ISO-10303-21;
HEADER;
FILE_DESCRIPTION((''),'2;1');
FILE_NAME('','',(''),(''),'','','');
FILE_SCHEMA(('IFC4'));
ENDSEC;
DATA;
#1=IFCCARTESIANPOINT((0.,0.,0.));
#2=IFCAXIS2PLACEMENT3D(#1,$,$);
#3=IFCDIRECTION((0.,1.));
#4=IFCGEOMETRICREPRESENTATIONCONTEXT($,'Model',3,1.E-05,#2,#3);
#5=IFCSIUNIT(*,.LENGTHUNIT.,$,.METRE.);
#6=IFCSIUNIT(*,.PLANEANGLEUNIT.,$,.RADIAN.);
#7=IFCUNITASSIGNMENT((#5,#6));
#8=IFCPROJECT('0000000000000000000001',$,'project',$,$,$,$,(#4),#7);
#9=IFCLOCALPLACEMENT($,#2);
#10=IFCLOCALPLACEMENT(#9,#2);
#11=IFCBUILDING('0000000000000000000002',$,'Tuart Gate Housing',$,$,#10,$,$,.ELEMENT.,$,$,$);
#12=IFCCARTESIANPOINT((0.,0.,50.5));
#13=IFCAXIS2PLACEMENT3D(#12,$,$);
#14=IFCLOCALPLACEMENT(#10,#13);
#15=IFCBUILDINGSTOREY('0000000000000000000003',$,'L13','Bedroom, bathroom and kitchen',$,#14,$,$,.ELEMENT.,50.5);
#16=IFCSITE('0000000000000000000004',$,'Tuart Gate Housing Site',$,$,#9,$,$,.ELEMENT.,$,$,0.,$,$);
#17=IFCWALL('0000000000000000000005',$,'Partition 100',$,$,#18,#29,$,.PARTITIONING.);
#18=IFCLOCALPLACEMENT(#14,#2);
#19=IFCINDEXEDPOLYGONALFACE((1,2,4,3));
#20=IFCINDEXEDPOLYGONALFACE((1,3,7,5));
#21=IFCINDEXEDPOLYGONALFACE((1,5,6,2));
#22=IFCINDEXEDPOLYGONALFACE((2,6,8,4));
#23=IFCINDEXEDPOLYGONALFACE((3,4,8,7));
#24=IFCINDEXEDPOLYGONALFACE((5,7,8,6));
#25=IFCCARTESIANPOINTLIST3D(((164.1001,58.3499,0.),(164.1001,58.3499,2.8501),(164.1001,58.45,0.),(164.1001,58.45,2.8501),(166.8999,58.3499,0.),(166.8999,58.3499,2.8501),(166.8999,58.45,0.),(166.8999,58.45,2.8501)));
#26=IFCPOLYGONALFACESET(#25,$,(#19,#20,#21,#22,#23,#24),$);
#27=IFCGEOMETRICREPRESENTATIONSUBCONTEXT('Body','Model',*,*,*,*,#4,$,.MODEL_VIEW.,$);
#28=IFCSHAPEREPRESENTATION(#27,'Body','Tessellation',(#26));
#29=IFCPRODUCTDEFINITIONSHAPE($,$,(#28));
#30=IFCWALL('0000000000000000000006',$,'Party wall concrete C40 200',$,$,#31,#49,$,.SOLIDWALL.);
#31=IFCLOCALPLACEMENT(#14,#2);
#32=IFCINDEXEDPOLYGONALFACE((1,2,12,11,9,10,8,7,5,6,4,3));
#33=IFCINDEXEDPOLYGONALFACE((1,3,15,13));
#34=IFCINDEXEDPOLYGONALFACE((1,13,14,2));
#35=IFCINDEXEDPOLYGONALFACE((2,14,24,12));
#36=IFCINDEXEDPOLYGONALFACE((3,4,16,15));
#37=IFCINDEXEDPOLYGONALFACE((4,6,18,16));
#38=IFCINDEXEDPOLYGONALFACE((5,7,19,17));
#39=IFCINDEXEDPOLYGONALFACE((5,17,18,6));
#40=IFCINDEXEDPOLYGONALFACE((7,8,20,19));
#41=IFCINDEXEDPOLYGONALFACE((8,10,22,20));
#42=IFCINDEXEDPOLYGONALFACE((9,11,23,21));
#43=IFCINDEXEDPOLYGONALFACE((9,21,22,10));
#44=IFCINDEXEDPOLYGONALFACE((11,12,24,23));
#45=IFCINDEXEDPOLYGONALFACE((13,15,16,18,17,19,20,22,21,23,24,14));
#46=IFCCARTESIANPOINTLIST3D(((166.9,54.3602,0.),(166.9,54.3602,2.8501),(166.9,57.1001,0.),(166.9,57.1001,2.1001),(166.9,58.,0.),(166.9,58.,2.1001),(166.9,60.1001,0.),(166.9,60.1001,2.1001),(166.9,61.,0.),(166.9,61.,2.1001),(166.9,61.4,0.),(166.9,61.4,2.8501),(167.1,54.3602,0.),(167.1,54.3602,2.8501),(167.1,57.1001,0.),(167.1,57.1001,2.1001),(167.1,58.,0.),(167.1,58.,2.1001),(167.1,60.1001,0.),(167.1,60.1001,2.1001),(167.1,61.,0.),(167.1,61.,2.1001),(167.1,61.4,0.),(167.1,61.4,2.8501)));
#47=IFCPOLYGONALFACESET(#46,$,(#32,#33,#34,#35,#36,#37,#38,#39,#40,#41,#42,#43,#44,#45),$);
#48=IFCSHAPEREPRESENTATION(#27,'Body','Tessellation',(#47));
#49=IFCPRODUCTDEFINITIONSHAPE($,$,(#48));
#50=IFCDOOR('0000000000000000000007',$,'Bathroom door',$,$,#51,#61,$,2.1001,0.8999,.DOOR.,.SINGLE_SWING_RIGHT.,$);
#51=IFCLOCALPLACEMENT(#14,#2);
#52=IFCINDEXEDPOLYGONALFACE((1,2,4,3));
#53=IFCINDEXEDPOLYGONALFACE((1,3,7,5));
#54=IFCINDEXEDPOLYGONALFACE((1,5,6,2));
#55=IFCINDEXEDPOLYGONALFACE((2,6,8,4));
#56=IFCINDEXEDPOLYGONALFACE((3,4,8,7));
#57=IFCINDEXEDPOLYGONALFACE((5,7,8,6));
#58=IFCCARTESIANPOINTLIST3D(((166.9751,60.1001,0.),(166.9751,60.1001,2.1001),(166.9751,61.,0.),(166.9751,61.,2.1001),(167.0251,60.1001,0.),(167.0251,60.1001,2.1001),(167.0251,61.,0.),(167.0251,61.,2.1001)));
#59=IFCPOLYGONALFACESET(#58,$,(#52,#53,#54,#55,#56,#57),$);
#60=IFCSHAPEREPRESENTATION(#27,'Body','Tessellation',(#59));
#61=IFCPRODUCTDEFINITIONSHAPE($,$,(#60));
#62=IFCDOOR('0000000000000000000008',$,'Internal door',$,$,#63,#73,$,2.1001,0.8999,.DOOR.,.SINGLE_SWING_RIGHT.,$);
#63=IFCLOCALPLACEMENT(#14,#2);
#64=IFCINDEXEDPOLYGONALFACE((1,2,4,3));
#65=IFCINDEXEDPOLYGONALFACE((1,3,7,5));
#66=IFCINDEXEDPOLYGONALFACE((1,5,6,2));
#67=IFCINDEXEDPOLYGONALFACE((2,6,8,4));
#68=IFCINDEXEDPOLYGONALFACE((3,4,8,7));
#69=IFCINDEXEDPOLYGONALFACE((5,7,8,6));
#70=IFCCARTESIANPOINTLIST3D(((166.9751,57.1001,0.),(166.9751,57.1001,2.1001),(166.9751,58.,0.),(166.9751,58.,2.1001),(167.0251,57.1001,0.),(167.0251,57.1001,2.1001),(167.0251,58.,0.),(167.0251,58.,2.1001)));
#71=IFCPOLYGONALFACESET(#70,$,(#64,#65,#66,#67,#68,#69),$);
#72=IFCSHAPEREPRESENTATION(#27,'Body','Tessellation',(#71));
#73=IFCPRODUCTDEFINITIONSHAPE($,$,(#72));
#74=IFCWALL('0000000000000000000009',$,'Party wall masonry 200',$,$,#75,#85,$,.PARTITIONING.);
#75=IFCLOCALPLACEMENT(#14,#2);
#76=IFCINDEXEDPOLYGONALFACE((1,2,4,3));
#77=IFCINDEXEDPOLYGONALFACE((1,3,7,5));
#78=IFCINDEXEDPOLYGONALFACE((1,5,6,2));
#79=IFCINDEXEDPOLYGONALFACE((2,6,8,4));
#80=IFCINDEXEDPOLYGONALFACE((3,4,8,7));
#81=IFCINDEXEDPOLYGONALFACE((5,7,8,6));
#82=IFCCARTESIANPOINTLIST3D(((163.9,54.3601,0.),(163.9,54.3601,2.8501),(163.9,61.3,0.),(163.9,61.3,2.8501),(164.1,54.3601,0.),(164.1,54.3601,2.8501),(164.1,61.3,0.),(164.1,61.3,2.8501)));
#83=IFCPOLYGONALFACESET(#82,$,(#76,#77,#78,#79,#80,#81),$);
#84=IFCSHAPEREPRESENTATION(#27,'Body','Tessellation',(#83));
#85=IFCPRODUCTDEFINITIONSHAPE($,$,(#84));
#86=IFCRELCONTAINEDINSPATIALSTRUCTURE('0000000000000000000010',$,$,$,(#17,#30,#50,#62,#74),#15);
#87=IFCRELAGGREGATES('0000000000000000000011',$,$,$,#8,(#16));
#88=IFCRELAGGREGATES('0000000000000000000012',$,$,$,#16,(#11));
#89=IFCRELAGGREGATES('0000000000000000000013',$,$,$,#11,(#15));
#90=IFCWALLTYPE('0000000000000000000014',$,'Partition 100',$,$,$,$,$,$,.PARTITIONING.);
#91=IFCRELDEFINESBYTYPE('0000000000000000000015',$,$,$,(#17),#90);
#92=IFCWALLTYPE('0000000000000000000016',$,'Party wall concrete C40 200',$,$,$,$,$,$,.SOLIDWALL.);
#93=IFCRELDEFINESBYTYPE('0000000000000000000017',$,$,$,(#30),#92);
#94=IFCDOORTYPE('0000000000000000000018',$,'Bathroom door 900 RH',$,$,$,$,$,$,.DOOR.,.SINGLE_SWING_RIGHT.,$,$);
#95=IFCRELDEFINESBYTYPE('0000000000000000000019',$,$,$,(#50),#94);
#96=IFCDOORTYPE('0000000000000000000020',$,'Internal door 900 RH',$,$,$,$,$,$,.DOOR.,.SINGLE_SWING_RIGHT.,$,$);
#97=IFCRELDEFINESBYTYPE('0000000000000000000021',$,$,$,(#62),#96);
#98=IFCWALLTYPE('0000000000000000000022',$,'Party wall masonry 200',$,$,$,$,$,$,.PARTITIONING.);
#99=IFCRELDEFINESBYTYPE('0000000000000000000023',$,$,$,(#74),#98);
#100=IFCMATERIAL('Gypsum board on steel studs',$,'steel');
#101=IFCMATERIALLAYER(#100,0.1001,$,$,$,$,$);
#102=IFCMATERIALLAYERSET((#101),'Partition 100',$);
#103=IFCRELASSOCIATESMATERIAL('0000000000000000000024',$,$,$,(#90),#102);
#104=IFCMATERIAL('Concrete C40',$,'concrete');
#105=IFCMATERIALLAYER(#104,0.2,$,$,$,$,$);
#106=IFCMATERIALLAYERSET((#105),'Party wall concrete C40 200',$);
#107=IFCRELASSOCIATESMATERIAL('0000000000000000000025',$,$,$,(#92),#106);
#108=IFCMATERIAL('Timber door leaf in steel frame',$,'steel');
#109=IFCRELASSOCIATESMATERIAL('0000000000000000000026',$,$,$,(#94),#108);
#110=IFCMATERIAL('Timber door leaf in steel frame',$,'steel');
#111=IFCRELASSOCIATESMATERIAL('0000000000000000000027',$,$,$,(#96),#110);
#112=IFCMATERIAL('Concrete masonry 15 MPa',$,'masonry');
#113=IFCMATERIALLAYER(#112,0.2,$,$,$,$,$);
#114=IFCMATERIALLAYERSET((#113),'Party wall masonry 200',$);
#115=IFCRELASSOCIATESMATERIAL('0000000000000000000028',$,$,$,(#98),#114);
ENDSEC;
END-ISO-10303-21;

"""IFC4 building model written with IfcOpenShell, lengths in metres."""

from ifc_helpers import new_model, si_unit, direction, frame, frame_2d, origin, place, context, subcontext, project, spatial, rectangle, extrude, material, layer, layer_set, type_object, element, fill, save


model = new_model("IFC4")

# Units and contexts
model_context = context("Model", 3, precision=1e-05, world=origin(), true_north=direction((0.0, 1.0)))
body_context = subcontext(model_context, "Body", "Model", "MODEL_VIEW")
ifc_project = project(units=[si_unit("LENGTHUNIT", "METRE"), si_unit("PLANEANGLEUNIT", "RADIAN")], contexts=[model_context])

# Site, building, storey
site_placement = place(None, origin())
site = spatial("IfcSite", under=ifc_project, at=site_placement, Name="Tuart Gate Housing Site", CompositionType="ELEMENT", RefElevation=0.0)
building_placement = place(site_placement, origin())
building = spatial("IfcBuilding", under=site, at=building_placement, Name="Tuart Gate Housing", CompositionType="ELEMENT")
storey_placement = place(building_placement, frame((0.0, 0.0, 50.5)))
storey = spatial("IfcBuildingStorey", under=building, at=storey_placement, Name="L13", Description="Bedroom, bathroom and kitchen", CompositionType="ELEMENT", Elevation=50.5)

# Wall
ifc_material_1 = material(Name="Gypsum board on steel studs", Category="steel")
ifc_layer_1 = layer(ifc_material_1, 0.1001)
ifc_layer_set_1 = layer_set([ifc_layer_1], Name="Partition 100")
wall_type_1 = type_object("IfcWallType", Name="Partition 100", PredefinedType="PARTITIONING", material=ifc_layer_set_1)
wall_1_placement = place(storey_placement, frame((164.1001, 58.3999, 0.0), z_axis=(0.0, 0.0, 1.0), x_axis=(1.0, 0.0, 0.0)))
element("IfcWall", 1, at=wall_1_placement, inside=storey, type_object=wall_type_1, Name="Partition 100", PredefinedType="PARTITIONING", context=body_context, shape_type="SweptSolid", body=[
    extrude(rectangle(XDim=2.7998, YDim=0.1001, at=frame_2d((1.3999, 0.0))), origin(), (0.0, 0.0, 1.0), 2.8501),
])

# Wall, openings, doors
ifc_material_2 = material(Name="Concrete C40", Category="concrete")
ifc_layer_2 = layer(ifc_material_2, 0.2)
ifc_layer_set_2 = layer_set([ifc_layer_2], Name="Party wall concrete C40 200")
wall_type_2 = type_object("IfcWallType", Name="Party wall concrete C40 200", PredefinedType="SOLIDWALL", material=ifc_layer_set_2)
wall_2_placement = place(storey_placement, frame((167.0, 54.3601, 0.0), z_axis=(0.0, 0.0, 1.0), x_axis=(0.0, 1.0, 0.0)))
wall_2 = element("IfcWall", 2, at=wall_2_placement, inside=storey, type_object=wall_type_2, Name="Party wall concrete C40 200", PredefinedType="SOLIDWALL", context=body_context, shape_type="SweptSolid", body=[
    extrude(rectangle(XDim=7.0398, YDim=0.2, at=frame_2d((3.52, 0.0))), origin(), (0.0, 0.0, 1.0), 2.8501),
])
opening_1_placement = place(wall_2_placement, frame((2.74, 0.0, 0.0)))
opening_1 = element("IfcOpeningElement", 3, at=opening_1_placement, cuts=wall_2, PredefinedType="OPENING", context=body_context, shape_type="SweptSolid", body=[
    extrude(rectangle(XDim=0.8999, YDim=2.1001, at=frame_2d((0.45, 1.05))), frame((0.0, 0.1099, 0.0), z_axis=(0.0, -1.0, 0.0), x_axis=(1.0, 0.0, 0.0)), (0.0, 0.0, 1.0), 0.22),
])
opening_2_placement = place(wall_2_placement, frame((5.74, 0.0, 0.0)))
opening_2 = element("IfcOpeningElement", 4, at=opening_2_placement, cuts=wall_2, PredefinedType="OPENING", context=body_context, shape_type="SweptSolid", body=[
    extrude(rectangle(XDim=0.8999, YDim=2.1001, at=frame_2d((0.45, 1.05))), frame((0.0, 0.1099, 0.0), z_axis=(0.0, -1.0, 0.0), x_axis=(1.0, 0.0, 0.0)), (0.0, 0.0, 1.0), 0.22),
])
ifc_material_3 = material(Name="Timber door leaf in steel frame", Category="steel")
door_type_1 = type_object("IfcDoorType", Name="Bathroom door 900 RH", OperationType="SINGLE_SWING_RIGHT", PredefinedType="DOOR", material=ifc_material_3)
door_1_placement = place(opening_2_placement, origin())
door_1 = element("IfcDoor", 5, at=door_1_placement, inside=storey, type_object=door_type_1, Name="Bathroom door", OperationType="SINGLE_SWING_RIGHT", OverallHeight=2.1001, OverallWidth=0.8999, PredefinedType="DOOR", context=body_context, shape_type="SweptSolid", body=[
    extrude(rectangle(XDim=0.8999, YDim=2.1001, at=frame_2d((0.45, 1.05))), frame((0.0, 0.0249, 0.0), z_axis=(0.0, -1.0, 0.0), x_axis=(1.0, 0.0, 0.0)), (0.0, 0.0, 1.0), 0.05),
])
fill(opening_2, door_1)
ifc_material_4 = material(Name="Timber door leaf in steel frame", Category="steel")
door_type_2 = type_object("IfcDoorType", Name="Internal door 900 RH", OperationType="SINGLE_SWING_RIGHT", PredefinedType="DOOR", material=ifc_material_4)
door_2_placement = place(opening_1_placement, origin())
door_2 = element("IfcDoor", 6, at=door_2_placement, inside=storey, type_object=door_type_2, Name="Internal door", OperationType="SINGLE_SWING_RIGHT", OverallHeight=2.1001, OverallWidth=0.8999, PredefinedType="DOOR", context=body_context, shape_type="SweptSolid", body=[
    extrude(rectangle(XDim=0.8999, YDim=2.1001, at=frame_2d((0.45, 1.05))), frame((0.0, 0.0249, 0.0), z_axis=(0.0, -1.0, 0.0), x_axis=(1.0, 0.0, 0.0)), (0.0, 0.0, 1.0), 0.05),
])
fill(opening_1, door_2)

# Wall
ifc_material_5 = material(Name="Concrete masonry 15 MPa", Category="masonry")
ifc_layer_3 = layer(ifc_material_5, 0.2)
ifc_layer_set_3 = layer_set([ifc_layer_3], Name="Party wall masonry 200")
wall_type_3 = type_object("IfcWallType", Name="Party wall masonry 200", PredefinedType="PARTITIONING", material=ifc_layer_set_3)
wall_3_placement = place(storey_placement, frame((164.0, 54.3601, 0.0), z_axis=(0.0, 0.0, 1.0), x_axis=(0.0, 1.0, 0.0)))
element("IfcWall", 7, at=wall_3_placement, inside=storey, type_object=wall_type_3, Name="Party wall masonry 200", PredefinedType="PARTITIONING", context=body_context, shape_type="SweptSolid", body=[
    extrude(rectangle(XDim=6.9399, YDim=0.2, at=frame_2d((3.47, 0.0))), origin(), (0.0, 0.0, 1.0), 2.8501),
])

save(model, "model.ifc")
